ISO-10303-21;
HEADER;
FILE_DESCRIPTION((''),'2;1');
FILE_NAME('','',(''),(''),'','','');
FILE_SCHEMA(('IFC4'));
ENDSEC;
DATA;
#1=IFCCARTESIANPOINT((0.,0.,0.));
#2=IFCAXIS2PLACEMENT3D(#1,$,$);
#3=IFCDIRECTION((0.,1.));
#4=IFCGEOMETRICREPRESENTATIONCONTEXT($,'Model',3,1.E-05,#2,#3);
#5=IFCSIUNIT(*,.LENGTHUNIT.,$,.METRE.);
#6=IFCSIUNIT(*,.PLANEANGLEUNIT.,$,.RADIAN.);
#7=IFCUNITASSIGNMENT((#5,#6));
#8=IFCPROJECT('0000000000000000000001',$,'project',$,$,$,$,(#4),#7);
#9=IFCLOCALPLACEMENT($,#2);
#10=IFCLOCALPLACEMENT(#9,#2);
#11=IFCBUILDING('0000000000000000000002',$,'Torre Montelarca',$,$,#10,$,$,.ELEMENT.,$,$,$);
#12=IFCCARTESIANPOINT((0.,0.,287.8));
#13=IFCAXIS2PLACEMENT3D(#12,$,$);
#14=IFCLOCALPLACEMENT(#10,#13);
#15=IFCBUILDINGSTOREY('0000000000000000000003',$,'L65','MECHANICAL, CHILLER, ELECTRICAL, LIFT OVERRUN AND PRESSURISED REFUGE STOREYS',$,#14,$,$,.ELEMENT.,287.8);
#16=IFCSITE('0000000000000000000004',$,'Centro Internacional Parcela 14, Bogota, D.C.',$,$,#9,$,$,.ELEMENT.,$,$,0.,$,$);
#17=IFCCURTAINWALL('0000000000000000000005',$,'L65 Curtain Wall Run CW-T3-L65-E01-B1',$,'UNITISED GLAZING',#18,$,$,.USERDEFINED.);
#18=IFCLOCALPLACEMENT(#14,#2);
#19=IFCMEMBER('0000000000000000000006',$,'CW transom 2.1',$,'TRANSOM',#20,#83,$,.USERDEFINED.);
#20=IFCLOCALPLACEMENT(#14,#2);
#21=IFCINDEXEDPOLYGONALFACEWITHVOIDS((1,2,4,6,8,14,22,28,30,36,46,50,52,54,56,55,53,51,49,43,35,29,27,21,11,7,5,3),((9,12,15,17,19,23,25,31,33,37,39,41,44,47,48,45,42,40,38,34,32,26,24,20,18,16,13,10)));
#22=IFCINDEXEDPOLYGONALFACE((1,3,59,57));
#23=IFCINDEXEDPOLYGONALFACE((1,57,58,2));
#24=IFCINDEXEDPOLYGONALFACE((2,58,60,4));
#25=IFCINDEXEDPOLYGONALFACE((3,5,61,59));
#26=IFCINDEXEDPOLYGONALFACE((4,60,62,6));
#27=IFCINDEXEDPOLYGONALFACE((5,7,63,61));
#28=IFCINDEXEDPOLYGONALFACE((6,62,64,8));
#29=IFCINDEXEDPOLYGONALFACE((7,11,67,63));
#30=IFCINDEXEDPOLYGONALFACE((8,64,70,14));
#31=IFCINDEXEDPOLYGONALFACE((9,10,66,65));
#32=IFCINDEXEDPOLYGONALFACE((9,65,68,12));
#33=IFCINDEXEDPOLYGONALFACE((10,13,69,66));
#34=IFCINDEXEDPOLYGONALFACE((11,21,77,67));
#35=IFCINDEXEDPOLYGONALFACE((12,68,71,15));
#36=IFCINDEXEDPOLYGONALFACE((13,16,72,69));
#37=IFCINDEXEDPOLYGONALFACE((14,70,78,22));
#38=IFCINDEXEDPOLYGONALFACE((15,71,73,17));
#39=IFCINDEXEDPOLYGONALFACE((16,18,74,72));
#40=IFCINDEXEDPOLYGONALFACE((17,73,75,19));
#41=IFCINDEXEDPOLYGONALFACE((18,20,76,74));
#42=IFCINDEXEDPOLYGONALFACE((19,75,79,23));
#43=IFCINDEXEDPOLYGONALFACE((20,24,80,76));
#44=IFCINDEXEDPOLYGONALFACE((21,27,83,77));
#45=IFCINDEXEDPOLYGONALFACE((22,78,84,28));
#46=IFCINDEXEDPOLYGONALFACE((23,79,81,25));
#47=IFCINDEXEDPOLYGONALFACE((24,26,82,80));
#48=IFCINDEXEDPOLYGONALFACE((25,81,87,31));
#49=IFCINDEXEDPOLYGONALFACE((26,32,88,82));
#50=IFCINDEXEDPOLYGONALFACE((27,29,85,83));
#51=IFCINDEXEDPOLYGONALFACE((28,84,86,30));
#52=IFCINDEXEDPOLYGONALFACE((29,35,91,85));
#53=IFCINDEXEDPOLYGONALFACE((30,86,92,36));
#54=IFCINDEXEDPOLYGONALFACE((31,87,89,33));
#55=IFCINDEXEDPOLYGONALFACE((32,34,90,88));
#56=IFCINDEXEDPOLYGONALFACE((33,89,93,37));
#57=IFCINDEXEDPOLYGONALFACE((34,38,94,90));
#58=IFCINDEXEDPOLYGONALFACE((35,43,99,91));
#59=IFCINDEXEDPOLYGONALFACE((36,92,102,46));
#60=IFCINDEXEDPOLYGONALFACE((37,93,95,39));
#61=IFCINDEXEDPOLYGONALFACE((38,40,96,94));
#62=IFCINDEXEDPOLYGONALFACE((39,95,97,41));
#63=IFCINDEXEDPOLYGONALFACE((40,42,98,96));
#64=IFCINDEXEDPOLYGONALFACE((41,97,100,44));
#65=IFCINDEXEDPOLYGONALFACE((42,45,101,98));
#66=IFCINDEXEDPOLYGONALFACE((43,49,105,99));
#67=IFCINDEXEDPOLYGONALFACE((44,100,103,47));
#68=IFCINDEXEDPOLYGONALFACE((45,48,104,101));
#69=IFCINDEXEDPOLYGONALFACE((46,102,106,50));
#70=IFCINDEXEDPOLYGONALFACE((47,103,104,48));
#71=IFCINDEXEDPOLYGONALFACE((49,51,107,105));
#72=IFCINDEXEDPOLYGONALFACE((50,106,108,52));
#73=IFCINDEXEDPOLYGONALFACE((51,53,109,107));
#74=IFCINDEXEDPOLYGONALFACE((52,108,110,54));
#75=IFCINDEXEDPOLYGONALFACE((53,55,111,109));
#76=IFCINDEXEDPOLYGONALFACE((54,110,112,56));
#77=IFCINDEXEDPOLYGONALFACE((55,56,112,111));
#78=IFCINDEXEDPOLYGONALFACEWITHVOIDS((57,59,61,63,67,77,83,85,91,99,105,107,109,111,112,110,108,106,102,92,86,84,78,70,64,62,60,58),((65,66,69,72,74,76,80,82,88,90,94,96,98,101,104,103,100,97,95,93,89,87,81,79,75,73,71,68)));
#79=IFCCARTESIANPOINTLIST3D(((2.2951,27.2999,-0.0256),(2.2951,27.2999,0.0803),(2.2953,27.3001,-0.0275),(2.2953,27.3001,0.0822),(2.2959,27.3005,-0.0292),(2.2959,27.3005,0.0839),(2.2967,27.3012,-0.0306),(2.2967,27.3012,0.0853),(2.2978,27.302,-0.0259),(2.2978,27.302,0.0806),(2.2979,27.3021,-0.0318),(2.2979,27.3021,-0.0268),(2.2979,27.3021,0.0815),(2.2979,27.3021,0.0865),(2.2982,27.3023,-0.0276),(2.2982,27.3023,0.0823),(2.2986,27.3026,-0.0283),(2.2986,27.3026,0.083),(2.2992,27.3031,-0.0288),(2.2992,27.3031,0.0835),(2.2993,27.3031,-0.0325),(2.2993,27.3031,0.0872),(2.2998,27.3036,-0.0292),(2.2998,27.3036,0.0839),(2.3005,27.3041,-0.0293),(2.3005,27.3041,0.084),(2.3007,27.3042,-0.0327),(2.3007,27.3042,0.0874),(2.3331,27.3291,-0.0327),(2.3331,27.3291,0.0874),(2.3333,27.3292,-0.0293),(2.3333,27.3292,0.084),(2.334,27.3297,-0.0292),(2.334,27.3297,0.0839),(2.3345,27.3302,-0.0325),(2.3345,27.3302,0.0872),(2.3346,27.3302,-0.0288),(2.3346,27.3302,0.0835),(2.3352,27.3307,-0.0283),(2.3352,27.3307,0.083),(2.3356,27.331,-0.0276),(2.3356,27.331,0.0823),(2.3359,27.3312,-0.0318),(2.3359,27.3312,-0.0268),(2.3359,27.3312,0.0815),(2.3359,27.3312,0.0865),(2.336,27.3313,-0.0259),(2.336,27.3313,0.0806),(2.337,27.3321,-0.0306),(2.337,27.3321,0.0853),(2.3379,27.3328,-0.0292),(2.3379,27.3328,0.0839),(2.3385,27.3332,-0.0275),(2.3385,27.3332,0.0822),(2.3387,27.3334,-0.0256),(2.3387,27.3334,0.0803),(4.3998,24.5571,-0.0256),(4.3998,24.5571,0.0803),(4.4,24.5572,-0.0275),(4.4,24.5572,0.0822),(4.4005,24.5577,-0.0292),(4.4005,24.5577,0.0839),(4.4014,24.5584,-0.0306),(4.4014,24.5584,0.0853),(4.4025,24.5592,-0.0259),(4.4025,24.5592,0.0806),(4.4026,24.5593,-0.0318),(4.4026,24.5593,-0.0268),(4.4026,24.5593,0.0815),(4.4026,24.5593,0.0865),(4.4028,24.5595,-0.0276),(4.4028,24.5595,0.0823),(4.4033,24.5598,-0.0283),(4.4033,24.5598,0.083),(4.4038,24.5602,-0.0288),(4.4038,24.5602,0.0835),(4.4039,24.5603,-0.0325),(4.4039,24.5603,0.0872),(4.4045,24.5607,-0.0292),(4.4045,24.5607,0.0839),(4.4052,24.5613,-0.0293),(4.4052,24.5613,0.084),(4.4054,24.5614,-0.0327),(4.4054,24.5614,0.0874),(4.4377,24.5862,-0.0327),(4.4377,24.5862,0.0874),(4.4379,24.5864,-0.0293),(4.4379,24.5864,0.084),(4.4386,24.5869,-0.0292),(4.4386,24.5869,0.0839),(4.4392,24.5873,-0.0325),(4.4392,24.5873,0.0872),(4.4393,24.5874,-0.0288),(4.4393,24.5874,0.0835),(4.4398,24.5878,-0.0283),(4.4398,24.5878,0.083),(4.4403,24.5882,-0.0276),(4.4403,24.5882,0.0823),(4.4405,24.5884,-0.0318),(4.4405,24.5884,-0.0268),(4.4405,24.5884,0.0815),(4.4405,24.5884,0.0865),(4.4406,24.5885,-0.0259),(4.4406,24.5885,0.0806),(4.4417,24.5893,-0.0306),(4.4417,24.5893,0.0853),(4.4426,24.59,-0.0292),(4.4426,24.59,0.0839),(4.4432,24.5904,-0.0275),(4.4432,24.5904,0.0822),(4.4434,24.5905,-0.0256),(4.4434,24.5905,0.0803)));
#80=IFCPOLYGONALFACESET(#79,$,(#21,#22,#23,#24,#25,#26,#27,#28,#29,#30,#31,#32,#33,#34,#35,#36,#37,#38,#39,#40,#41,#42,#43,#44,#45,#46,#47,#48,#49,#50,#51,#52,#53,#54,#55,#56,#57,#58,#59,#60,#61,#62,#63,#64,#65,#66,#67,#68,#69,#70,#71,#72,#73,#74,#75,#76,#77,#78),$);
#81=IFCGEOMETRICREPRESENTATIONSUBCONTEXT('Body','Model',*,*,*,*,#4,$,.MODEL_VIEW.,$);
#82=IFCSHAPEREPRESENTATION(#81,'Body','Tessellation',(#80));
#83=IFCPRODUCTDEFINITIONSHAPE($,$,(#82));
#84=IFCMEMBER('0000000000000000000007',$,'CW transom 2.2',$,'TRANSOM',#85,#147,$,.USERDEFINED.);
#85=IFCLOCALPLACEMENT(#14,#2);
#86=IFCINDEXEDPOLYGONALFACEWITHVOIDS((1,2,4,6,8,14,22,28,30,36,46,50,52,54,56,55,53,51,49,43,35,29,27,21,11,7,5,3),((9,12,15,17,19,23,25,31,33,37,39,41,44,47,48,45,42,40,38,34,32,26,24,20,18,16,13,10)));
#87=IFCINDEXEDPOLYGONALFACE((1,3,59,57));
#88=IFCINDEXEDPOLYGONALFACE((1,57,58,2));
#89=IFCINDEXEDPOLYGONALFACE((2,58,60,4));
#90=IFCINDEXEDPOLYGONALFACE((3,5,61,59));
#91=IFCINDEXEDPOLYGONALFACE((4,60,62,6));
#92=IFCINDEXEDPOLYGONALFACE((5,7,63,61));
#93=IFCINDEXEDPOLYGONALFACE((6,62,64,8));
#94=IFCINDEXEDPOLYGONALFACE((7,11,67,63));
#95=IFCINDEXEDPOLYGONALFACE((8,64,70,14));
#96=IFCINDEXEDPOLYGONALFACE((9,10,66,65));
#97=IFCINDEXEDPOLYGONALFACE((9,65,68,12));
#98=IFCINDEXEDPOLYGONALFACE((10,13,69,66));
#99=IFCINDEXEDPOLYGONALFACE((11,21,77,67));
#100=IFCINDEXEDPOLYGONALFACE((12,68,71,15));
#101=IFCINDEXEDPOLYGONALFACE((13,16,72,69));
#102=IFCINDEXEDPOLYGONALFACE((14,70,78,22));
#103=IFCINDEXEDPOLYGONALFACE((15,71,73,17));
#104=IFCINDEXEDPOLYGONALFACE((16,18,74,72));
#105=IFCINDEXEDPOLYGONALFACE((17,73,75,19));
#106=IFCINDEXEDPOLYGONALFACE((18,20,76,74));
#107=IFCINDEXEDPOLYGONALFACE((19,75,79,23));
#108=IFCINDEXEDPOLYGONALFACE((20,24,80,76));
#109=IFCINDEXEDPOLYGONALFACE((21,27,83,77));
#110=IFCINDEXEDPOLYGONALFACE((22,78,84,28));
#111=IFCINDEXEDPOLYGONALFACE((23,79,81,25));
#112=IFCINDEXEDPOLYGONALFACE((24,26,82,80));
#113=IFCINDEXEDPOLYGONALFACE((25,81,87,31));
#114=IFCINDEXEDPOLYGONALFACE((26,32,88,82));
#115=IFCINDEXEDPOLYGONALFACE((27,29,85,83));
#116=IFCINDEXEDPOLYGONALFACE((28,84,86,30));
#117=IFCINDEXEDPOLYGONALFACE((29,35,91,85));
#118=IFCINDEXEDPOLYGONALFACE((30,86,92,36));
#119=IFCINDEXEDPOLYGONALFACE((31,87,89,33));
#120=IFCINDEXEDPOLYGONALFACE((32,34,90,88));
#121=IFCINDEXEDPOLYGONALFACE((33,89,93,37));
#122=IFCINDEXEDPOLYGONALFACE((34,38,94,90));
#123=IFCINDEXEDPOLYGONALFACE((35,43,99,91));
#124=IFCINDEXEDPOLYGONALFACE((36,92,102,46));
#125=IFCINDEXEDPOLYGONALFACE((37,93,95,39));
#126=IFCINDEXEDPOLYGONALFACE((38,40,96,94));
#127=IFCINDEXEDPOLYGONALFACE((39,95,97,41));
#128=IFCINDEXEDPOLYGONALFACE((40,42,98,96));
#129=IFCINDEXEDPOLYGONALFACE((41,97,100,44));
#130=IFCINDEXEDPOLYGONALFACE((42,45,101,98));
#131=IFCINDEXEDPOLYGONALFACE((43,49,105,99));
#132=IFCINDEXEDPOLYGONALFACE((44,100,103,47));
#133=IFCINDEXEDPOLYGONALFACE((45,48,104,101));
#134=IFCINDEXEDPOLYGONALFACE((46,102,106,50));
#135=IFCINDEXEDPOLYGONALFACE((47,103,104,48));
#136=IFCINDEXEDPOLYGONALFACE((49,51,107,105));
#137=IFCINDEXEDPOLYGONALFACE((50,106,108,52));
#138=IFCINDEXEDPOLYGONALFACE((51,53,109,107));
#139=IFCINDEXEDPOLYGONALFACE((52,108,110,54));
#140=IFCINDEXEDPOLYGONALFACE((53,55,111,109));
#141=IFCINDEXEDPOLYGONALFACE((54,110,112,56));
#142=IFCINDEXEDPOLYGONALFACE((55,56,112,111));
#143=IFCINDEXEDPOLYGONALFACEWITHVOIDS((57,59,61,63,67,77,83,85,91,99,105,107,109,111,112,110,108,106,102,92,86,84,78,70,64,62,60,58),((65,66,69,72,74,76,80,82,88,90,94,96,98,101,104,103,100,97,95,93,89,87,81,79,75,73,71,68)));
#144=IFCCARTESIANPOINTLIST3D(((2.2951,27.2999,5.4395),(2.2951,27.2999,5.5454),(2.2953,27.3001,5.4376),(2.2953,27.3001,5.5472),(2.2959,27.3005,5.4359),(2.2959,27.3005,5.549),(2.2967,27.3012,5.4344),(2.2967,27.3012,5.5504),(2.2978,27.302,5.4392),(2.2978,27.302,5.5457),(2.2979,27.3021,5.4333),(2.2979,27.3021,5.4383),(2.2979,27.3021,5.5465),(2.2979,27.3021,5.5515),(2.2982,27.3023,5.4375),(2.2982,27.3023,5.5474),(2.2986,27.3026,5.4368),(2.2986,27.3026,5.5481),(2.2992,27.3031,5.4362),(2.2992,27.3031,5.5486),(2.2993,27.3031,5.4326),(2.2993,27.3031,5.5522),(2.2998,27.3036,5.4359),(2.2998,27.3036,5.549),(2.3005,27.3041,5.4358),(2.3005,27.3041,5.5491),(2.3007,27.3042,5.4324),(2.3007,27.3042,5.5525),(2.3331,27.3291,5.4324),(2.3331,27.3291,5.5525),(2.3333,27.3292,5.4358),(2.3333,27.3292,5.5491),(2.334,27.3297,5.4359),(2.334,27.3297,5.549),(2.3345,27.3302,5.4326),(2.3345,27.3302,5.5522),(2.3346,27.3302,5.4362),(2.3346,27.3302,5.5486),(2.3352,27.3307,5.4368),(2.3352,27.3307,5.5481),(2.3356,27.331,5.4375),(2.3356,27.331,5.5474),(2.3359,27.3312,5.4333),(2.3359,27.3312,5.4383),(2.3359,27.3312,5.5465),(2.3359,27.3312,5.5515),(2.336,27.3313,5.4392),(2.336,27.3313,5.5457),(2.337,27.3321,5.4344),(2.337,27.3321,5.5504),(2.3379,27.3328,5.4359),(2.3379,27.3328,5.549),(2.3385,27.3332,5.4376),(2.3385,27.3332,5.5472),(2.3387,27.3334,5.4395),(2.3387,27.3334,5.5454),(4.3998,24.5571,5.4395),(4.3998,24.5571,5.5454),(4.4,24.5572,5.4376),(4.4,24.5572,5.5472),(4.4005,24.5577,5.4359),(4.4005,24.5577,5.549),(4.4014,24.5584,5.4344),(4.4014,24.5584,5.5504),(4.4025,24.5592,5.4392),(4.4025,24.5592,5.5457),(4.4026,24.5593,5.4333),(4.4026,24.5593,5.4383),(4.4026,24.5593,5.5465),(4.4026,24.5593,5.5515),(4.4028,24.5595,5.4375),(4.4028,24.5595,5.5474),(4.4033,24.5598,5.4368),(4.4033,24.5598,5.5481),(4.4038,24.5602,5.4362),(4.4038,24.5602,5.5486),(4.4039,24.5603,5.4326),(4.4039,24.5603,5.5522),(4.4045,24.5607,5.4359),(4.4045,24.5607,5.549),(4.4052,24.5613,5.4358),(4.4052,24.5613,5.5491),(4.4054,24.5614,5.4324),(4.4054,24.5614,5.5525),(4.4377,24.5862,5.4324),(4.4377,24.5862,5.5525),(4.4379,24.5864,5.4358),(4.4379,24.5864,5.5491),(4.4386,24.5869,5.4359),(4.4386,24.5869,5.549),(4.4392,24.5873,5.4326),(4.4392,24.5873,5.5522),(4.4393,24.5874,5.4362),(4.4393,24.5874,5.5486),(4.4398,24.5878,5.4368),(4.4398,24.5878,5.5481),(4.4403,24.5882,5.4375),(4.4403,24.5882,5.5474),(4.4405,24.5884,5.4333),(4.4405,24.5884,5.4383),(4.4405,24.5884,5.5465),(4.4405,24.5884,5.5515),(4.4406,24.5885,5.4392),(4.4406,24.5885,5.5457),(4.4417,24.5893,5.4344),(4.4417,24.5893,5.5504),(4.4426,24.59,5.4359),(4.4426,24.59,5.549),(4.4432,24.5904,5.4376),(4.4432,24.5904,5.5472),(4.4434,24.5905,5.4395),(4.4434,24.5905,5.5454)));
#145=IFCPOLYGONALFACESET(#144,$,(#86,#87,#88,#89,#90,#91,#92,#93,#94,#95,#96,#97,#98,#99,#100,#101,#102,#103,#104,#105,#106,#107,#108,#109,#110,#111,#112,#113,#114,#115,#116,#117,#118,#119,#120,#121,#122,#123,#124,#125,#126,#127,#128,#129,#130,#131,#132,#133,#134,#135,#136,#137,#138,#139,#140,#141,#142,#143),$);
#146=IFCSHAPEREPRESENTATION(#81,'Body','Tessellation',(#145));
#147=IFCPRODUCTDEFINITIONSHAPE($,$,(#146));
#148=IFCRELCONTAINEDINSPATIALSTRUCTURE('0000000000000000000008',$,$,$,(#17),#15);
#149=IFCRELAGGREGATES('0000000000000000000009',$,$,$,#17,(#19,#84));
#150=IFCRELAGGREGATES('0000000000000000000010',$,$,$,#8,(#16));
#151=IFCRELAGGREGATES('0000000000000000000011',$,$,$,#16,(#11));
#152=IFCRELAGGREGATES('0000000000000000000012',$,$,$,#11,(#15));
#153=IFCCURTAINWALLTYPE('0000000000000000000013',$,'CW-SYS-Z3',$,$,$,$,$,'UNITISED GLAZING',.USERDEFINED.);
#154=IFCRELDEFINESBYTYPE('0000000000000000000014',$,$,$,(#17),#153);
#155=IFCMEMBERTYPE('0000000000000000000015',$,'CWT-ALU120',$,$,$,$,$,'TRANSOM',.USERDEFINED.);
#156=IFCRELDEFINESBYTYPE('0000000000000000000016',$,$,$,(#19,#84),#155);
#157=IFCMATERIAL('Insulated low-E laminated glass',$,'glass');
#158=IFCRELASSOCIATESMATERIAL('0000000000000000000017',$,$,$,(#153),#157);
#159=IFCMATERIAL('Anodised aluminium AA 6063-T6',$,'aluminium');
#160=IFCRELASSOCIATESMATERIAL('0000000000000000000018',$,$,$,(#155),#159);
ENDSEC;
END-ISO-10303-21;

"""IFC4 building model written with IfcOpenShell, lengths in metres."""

from ifc_helpers import new_model, si_unit, direction, frame, origin, origin_2d, place, context, subcontext, project, spatial, hollow_rectangle, extrude, source, transform, mapped, material, material_profile, profile_set, type_object, element, aggregate, save


model = new_model("IFC4")

# Units and contexts
model_context = context("Model", 3, precision=1e-05, world=origin(), true_north=direction((0.0, 1.0)))
body_context = subcontext(model_context, "Body", "Model", "MODEL_VIEW")
ifc_project = project(units=[si_unit("LENGTHUNIT", "METRE"), si_unit("PLANEANGLEUNIT", "RADIAN")], contexts=[model_context])

# Site, building, storey
site_placement = place(None, origin())
site = spatial("IfcSite", under=ifc_project, at=site_placement, Name="Centro Internacional Parcela 14, Bogota, D.C.", CompositionType="ELEMENT", RefElevation=0.0)
building_placement = place(site_placement, origin())
building = spatial("IfcBuilding", under=site, at=building_placement, Name="Torre Montelarca", CompositionType="ELEMENT")
storey_placement = place(building_placement, frame((0.0, 0.0, 287.8)))
storey = spatial("IfcBuildingStorey", under=building, at=storey_placement, Name="L65", Description="MECHANICAL, CHILLER, ELECTRICAL, LIFT OVERRUN AND PRESSURISED REFUGE STOREYS", CompositionType="ELEMENT", Elevation=287.8)

# Curtain wall, members
ifc_material_1 = material(Name="Insulated low-E laminated glass", Category="glass")
curtain_wall_type = type_object("IfcCurtainWallType", Name="CW-SYS-Z3", ElementType="UNITISED GLAZING", PredefinedType="USERDEFINED", material=ifc_material_1)
curtain_wall_placement = place(storey_placement, origin())
curtain_wall = element("IfcCurtainWall", 1, at=curtain_wall_placement, inside=storey, type_object=curtain_wall_type, Name="L65 Curtain Wall Run CW-T3-L65-E01-B1", ObjectType="UNITISED GLAZING", PredefinedType="USERDEFINED")
ifc_material_2 = material(Name="Anodised aluminium AA 6063-T6", Category="aluminium")
ifc_material_profile_1 = material_profile(ifc_material_2, hollow_rectangle(XDim=0.0549, YDim=0.1201, WallThickness=0.0034, InnerFilletRadius=0.0034, OuterFilletRadius=0.0071, at=origin_2d()), Name="ALU55X120X3.5", Category="aluminium")
ifc_profile_set_1 = profile_set([ifc_material_profile_1], Name="Anodised aluminium AA 6063-T6")
member_type_1 = type_object("IfcMemberType", Name="CWT-ALU120", ElementType="TRANSOM", PredefinedType="USERDEFINED", material=ifc_profile_set_1)
shared_shape_1 = source(origin(), body_context, "Body", "SweptSolid", [
    extrude(hollow_rectangle(XDim=0.0549, YDim=0.1201, WallThickness=0.0034, InnerFilletRadius=0.0034, OuterFilletRadius=0.0071, at=origin_2d()), origin(), (0.0, 0.0, 1.0), 3.4573),
])
member_1_placement = place(storey_placement, frame((2.3169, 27.3167, 0.0273), z_axis=(0.608765, -0.793351, 0.0), x_axis=(0.793351, 0.608765, 0.0)))
member_1 = element("IfcMember", 2, at=member_1_placement, type_object=member_type_1, Name="CW transom 2.1", ObjectType="TRANSOM", PredefinedType="USERDEFINED", context=body_context, shape_type="MappedRepresentation", body=[
    mapped(shared_shape_1, transform((0.0, 0.0, 0.0), scale=1.0)),
])
member_2_placement = place(storey_placement, frame((2.3169, 27.3167, 5.4924), z_axis=(0.608765, -0.793351, 0.0), x_axis=(0.793351, 0.608765, 0.0)))
member_2 = element("IfcMember", 3, at=member_2_placement, type_object=member_type_1, Name="CW transom 2.2", ObjectType="TRANSOM", PredefinedType="USERDEFINED", context=body_context, shape_type="MappedRepresentation", body=[
    mapped(shared_shape_1, transform((0.0, 0.0, 0.0), scale=1.0)),
])
aggregate(curtain_wall, [member_1, member_2])

save(model, "model.ifc")
